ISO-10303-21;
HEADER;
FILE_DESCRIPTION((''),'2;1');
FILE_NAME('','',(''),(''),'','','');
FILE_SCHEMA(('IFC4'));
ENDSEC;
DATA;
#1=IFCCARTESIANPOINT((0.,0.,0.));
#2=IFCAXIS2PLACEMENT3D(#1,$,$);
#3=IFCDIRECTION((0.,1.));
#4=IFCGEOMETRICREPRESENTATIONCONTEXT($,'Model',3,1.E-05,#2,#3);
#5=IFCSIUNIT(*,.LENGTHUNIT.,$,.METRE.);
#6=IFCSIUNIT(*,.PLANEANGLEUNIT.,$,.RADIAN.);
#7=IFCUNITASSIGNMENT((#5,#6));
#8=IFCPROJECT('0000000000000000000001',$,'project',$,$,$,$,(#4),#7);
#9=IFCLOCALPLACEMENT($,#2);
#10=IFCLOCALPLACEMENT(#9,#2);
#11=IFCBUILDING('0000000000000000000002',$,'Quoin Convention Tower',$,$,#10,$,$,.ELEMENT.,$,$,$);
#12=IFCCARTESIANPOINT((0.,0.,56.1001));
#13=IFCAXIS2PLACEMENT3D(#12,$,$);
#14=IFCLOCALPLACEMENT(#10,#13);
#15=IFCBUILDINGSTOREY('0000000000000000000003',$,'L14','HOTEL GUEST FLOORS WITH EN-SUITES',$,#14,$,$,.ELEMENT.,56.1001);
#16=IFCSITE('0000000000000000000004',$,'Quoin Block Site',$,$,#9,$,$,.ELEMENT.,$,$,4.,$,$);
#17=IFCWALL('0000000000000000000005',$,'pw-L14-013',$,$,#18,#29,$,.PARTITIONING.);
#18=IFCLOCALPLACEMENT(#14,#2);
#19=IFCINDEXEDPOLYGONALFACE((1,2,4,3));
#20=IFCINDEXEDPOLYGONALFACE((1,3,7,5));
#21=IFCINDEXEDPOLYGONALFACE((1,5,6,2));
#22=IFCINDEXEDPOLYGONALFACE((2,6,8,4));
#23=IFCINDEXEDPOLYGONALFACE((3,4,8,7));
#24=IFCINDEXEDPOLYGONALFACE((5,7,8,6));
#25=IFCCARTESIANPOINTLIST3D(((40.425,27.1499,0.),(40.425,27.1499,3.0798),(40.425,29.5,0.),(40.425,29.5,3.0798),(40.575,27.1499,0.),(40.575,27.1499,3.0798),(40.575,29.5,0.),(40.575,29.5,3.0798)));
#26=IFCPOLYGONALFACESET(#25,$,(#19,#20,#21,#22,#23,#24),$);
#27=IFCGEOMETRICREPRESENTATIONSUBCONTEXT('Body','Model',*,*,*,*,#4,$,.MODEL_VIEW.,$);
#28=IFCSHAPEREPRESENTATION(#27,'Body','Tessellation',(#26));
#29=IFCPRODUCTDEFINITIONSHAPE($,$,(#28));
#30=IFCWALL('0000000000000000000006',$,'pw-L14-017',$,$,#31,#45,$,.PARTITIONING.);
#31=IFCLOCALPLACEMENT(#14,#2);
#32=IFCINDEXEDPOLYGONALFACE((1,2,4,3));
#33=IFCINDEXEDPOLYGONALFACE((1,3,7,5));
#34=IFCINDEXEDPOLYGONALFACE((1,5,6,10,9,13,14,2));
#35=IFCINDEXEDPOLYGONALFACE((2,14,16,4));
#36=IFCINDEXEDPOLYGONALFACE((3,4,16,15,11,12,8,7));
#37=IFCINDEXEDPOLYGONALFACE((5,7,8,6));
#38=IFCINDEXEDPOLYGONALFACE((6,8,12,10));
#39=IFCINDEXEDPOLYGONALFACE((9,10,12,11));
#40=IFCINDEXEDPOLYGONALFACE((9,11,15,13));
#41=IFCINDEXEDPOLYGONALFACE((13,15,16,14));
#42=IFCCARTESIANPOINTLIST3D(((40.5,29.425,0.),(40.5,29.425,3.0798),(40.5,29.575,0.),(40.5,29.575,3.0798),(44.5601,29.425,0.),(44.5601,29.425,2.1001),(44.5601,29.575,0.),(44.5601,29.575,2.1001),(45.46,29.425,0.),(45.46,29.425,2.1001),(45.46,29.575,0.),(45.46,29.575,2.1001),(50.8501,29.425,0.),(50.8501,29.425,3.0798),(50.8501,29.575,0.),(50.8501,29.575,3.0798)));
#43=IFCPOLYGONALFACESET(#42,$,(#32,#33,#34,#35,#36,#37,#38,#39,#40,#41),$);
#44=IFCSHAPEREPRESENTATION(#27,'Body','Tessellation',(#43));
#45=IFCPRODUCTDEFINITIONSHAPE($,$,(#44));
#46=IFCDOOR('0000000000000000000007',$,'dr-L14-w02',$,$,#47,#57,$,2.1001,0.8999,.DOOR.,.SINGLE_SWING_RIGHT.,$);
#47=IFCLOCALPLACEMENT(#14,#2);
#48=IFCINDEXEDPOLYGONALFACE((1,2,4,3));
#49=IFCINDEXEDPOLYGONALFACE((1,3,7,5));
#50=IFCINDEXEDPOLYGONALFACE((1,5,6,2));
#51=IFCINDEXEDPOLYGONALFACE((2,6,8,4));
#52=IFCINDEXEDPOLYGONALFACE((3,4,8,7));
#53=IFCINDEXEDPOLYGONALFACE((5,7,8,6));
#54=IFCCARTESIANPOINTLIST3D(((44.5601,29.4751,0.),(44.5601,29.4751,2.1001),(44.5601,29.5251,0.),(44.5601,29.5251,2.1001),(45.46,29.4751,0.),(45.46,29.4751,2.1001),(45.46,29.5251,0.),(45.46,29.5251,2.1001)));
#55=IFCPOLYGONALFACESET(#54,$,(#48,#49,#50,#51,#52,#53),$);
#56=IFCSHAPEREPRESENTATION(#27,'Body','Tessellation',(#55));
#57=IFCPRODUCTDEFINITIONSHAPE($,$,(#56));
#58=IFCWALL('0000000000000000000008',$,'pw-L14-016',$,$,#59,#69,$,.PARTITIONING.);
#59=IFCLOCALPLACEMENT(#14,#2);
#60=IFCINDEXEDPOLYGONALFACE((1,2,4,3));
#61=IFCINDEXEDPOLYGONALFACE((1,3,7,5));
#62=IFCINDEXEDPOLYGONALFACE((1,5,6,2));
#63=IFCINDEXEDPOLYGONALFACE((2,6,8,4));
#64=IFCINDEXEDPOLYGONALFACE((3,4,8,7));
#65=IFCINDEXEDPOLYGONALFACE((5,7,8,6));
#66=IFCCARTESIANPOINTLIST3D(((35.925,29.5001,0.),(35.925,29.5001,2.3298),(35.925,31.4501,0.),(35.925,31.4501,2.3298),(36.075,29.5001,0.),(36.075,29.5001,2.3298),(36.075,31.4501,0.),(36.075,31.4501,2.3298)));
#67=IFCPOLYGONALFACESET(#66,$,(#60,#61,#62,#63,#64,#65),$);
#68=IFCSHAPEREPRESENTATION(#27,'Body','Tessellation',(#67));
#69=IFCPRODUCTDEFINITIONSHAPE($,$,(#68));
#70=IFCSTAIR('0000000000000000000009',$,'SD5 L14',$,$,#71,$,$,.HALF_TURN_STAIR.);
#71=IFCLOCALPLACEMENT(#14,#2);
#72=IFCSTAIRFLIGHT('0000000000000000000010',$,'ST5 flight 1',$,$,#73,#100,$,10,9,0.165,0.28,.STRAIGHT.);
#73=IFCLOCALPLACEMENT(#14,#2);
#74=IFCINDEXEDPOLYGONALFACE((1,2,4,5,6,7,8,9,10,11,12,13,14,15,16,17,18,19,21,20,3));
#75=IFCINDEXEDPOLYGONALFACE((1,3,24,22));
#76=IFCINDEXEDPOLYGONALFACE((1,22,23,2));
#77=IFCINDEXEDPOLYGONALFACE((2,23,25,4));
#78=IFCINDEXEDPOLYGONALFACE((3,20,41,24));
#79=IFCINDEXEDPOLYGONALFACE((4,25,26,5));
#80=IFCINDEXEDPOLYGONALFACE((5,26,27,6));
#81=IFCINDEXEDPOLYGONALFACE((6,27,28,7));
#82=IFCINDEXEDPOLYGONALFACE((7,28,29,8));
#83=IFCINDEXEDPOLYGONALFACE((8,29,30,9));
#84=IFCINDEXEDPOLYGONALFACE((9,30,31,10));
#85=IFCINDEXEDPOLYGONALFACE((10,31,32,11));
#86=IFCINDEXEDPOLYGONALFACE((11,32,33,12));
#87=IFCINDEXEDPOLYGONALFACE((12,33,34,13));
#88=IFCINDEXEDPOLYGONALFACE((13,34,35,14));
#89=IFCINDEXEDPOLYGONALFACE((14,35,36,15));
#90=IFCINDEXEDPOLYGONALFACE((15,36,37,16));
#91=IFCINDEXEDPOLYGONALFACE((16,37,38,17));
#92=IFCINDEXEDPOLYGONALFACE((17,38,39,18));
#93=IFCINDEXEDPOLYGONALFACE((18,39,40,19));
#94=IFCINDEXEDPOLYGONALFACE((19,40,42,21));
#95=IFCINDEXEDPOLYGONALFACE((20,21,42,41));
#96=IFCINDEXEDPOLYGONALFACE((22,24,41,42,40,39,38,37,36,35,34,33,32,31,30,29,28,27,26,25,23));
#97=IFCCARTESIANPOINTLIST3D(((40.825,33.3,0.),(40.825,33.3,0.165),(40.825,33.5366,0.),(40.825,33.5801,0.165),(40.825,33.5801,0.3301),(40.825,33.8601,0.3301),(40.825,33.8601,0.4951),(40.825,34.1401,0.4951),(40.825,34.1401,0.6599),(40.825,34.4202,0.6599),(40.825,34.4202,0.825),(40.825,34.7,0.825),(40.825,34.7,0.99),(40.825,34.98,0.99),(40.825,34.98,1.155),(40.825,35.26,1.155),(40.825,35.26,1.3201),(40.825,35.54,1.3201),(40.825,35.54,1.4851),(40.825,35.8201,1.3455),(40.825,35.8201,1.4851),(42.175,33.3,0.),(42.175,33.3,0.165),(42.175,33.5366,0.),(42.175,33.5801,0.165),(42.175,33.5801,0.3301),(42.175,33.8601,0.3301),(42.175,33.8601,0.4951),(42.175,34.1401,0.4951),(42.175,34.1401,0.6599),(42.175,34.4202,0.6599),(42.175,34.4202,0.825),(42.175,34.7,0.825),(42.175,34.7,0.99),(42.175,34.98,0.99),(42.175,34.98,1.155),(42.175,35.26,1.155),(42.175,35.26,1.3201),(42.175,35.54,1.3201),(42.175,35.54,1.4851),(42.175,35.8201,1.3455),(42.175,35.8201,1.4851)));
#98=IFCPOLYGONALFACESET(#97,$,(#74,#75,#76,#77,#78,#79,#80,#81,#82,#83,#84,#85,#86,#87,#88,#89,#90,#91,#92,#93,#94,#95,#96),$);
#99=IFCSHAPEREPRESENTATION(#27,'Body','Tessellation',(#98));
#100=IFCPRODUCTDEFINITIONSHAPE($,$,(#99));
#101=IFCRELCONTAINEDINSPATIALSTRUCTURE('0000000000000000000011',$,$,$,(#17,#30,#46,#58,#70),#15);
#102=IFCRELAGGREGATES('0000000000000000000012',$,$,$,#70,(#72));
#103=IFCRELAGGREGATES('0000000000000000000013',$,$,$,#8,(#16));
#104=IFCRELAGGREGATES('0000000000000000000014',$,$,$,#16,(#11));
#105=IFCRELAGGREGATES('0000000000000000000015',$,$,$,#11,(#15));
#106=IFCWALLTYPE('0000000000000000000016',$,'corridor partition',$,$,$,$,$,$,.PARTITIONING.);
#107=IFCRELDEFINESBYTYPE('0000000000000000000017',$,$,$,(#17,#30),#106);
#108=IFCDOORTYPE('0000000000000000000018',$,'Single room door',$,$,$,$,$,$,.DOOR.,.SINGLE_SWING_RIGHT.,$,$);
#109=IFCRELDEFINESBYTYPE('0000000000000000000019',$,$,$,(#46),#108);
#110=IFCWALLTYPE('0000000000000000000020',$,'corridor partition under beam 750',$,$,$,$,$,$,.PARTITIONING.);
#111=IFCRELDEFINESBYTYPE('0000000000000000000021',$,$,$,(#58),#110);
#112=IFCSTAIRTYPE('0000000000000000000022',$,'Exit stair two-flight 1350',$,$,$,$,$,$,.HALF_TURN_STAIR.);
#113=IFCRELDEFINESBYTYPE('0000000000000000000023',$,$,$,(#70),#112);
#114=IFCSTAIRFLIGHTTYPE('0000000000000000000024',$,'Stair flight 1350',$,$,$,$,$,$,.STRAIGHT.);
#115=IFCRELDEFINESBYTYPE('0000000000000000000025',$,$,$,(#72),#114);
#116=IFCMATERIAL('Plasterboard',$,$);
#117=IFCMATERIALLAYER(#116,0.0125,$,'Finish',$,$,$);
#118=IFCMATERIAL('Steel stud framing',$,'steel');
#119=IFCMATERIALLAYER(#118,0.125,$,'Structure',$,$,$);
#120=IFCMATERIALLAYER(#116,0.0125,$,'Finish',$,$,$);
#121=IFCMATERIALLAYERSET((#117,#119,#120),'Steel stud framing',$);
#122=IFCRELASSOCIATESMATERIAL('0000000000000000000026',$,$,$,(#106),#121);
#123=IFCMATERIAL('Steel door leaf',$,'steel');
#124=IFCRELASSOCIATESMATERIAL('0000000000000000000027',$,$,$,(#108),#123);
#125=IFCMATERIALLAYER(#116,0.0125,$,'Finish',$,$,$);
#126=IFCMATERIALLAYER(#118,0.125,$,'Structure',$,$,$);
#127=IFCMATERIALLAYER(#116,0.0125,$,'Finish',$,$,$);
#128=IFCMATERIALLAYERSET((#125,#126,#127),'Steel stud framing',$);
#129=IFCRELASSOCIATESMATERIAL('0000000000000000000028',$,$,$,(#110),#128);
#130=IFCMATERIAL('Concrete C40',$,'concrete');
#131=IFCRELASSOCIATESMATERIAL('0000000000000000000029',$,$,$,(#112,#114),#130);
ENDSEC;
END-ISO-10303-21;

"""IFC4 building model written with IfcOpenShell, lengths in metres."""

from ifc_helpers import new_model, si_unit, direction, frame, frame_2d, origin, place, context, subcontext, project, spatial, polyline, rectangle, outline, extrude, material, layer, layer_set, type_object, element, fill, aggregate, save


model = new_model("IFC4")

# Units and contexts
model_context = context("Model", 3, precision=1e-05, world=origin(), true_north=direction((0.0, 1.0)))
body_context = subcontext(model_context, "Body", "Model", "MODEL_VIEW")
ifc_project = project(units=[si_unit("LENGTHUNIT", "METRE"), si_unit("PLANEANGLEUNIT", "RADIAN")], contexts=[model_context])

# Site, building, storey
site_placement = place(None, origin())
site = spatial("IfcSite", under=ifc_project, at=site_placement, Name="Quoin Block Site", CompositionType="ELEMENT", RefElevation=4.0)
building_placement = place(site_placement, origin())
building = spatial("IfcBuilding", under=site, at=building_placement, Name="Quoin Convention Tower", CompositionType="ELEMENT")
storey_placement = place(building_placement, frame((0.0, 0.0, 56.1001)))
storey = spatial("IfcBuildingStorey", under=building, at=storey_placement, Name="L14", Description="HOTEL GUEST FLOORS WITH EN-SUITES", CompositionType="ELEMENT", Elevation=56.1001)

# Shared definitions
ifc_material_1 = material(Name="Steel door leaf", Category="steel")

# Shared definitions
ifc_material_2 = material(Name="Plasterboard")
ifc_layer_1 = layer(ifc_material_2, 0.0125, Name="Finish")
ifc_material_3 = material(Name="Steel stud framing", Category="steel")
ifc_layer_2 = layer(ifc_material_3, 0.125, Name="Structure")
ifc_layer_3 = layer(ifc_material_2, 0.0125, Name="Finish")
ifc_layer_set_1 = layer_set([ifc_layer_1, ifc_layer_2, ifc_layer_3], Name="Steel stud framing")
wall_type_1 = type_object("IfcWallType", Name="corridor partition", PredefinedType="PARTITIONING", material=ifc_layer_set_1)
door_type_1 = type_object("IfcDoorType", Name="Single room door", OperationType="SINGLE_SWING_RIGHT", PredefinedType="DOOR", material=ifc_material_1)

# Wall
wall_1_placement = place(storey_placement, frame((40.5, 27.1499, 0.0), z_axis=(0.0, 0.0, 1.0), x_axis=(0.0, 1.0, 0.0)))
element("IfcWall", 1, at=wall_1_placement, inside=storey, type_object=wall_type_1, Name="pw-L14-013", PredefinedType="PARTITIONING", context=body_context, shape_type="SweptSolid", body=[
    extrude(rectangle(XDim=2.3501, YDim=0.1499, at=frame_2d((1.175, 0.0))), origin(), (0.0, 0.0, 1.0), 3.0798),
])

# Wall, opening, door
wall_2_placement = place(storey_placement, frame((40.5, 29.5, 0.0), z_axis=(0.0, 0.0, 1.0), x_axis=(1.0, 0.0, 0.0)))
wall_2 = element("IfcWall", 2, at=wall_2_placement, inside=storey, type_object=wall_type_1, Name="pw-L14-017", PredefinedType="PARTITIONING", context=body_context, shape_type="SweptSolid", body=[
    extrude(rectangle(XDim=10.3501, YDim=0.1499, at=frame_2d((5.175, 0.0))), origin(), (0.0, 0.0, 1.0), 3.0798),
])
opening_1_placement = place(wall_2_placement, frame((4.0601, 0.0, 0.0)))
opening_1 = element("IfcOpeningElement", 3, at=opening_1_placement, cuts=wall_2, PredefinedType="OPENING", context=body_context, shape_type="SweptSolid", body=[
    extrude(rectangle(XDim=0.8999, YDim=2.1001, at=frame_2d((0.45, 1.05))), frame((0.0, 0.085, 0.0), z_axis=(0.0, -1.0, 0.0), x_axis=(1.0, 0.0, 0.0)), (0.0, 0.0, 1.0), 0.1699),
])
door_1_placement = place(opening_1_placement, frame((0.8999, 0.0, 0.0), z_axis=(0.0, 0.0, 1.0), x_axis=(-1.0, 0.0, 0.0)))
door_1 = element("IfcDoor", 4, at=door_1_placement, inside=storey, type_object=door_type_1, Name="dr-L14-w02", OperationType="SINGLE_SWING_RIGHT", OverallHeight=2.1001, OverallWidth=0.8999, PredefinedType="DOOR", context=body_context, shape_type="SweptSolid", body=[
    extrude(rectangle(XDim=0.8999, YDim=2.1001, at=frame_2d((0.45, 1.05))), frame((0.0, 0.0249, 0.0), z_axis=(0.0, -1.0, 0.0), x_axis=(1.0, 0.0, 0.0)), (0.0, 0.0, 1.0), 0.05),
])
fill(opening_1, door_1)

# Wall
ifc_layer_4 = layer(ifc_material_2, 0.0125, Name="Finish")
ifc_layer_5 = layer(ifc_material_3, 0.125, Name="Structure")
ifc_layer_6 = layer(ifc_material_2, 0.0125, Name="Finish")
ifc_layer_set_2 = layer_set([ifc_layer_4, ifc_layer_5, ifc_layer_6], Name="Steel stud framing")
wall_type_2 = type_object("IfcWallType", Name="corridor partition under beam 750", PredefinedType="PARTITIONING", material=ifc_layer_set_2)
wall_3_placement = place(storey_placement, frame((36.0, 29.5, 0.0), z_axis=(0.0, 0.0, 1.0), x_axis=(0.0, 1.0, 0.0)))
element("IfcWall", 5, at=wall_3_placement, inside=storey, type_object=wall_type_2, Name="pw-L14-016", PredefinedType="PARTITIONING", context=body_context, shape_type="SweptSolid", body=[
    extrude(rectangle(XDim=1.95, YDim=0.1499, at=frame_2d((0.9751, 0.0))), origin(), (0.0, 0.0, 1.0), 2.3298),
])

# Stair, stair flight
ifc_material_4 = material(Name="Concrete C40", Category="concrete")
stair_type = type_object("IfcStairType", Name="Exit stair two-flight 1350", PredefinedType="HALF_TURN_STAIR", material=ifc_material_4)
stair_placement = place(storey_placement, origin())
stair = element("IfcStair", 6, at=stair_placement, inside=storey, type_object=stair_type, Name="SD5 L14", PredefinedType="HALF_TURN_STAIR")
stair_flight_type = type_object("IfcStairFlightType", Name="Stair flight 1350", PredefinedType="STRAIGHT", material=ifc_material_4)
stair_flight_placement = place(storey_placement, frame((41.5, 33.3, 0.0), z_axis=(0.0, 0.0, 1.0), x_axis=(0.0, 1.0, 0.0)))
stair_flight = element("IfcStairFlight", 7, at=stair_flight_placement, type_object=stair_flight_type, Name="ST5 flight 1", NumberOfRisers=10, NumberOfTreads=9, PredefinedType="STRAIGHT", RiserHeight=0.165, TreadLength=0.28, context=body_context, shape_type="SweptSolid", body=[
    extrude(outline(polyline([(0.0, 0.0), (0.0, 0.165), (0.28, 0.165), (0.28, 0.3301), (0.5601, 0.3301), (0.5601, 0.4951), (0.8401, 0.4951), (0.8401, 0.6599), (1.1201, 0.6599), (1.1201, 0.825), (1.3999, 0.825), (1.3999, 0.99), (1.6799, 0.99), (1.6799, 1.155), (1.96, 1.155), (1.96, 1.3201), (2.24, 1.3201), (2.24, 1.4851), (2.52, 1.4851), (2.52, 1.6499), (2.52, 1.3455), (0.2366, 0.0), (0.0, 0.0)])), frame((0.0, 0.675, 0.0), z_axis=(0.0, -1.0, 0.0), x_axis=(1.0, 0.0, 0.0)), (0.0, 0.0, 1.0), 1.3501),
])
aggregate(stair, [stair_flight])

save(model, "model.ifc")
